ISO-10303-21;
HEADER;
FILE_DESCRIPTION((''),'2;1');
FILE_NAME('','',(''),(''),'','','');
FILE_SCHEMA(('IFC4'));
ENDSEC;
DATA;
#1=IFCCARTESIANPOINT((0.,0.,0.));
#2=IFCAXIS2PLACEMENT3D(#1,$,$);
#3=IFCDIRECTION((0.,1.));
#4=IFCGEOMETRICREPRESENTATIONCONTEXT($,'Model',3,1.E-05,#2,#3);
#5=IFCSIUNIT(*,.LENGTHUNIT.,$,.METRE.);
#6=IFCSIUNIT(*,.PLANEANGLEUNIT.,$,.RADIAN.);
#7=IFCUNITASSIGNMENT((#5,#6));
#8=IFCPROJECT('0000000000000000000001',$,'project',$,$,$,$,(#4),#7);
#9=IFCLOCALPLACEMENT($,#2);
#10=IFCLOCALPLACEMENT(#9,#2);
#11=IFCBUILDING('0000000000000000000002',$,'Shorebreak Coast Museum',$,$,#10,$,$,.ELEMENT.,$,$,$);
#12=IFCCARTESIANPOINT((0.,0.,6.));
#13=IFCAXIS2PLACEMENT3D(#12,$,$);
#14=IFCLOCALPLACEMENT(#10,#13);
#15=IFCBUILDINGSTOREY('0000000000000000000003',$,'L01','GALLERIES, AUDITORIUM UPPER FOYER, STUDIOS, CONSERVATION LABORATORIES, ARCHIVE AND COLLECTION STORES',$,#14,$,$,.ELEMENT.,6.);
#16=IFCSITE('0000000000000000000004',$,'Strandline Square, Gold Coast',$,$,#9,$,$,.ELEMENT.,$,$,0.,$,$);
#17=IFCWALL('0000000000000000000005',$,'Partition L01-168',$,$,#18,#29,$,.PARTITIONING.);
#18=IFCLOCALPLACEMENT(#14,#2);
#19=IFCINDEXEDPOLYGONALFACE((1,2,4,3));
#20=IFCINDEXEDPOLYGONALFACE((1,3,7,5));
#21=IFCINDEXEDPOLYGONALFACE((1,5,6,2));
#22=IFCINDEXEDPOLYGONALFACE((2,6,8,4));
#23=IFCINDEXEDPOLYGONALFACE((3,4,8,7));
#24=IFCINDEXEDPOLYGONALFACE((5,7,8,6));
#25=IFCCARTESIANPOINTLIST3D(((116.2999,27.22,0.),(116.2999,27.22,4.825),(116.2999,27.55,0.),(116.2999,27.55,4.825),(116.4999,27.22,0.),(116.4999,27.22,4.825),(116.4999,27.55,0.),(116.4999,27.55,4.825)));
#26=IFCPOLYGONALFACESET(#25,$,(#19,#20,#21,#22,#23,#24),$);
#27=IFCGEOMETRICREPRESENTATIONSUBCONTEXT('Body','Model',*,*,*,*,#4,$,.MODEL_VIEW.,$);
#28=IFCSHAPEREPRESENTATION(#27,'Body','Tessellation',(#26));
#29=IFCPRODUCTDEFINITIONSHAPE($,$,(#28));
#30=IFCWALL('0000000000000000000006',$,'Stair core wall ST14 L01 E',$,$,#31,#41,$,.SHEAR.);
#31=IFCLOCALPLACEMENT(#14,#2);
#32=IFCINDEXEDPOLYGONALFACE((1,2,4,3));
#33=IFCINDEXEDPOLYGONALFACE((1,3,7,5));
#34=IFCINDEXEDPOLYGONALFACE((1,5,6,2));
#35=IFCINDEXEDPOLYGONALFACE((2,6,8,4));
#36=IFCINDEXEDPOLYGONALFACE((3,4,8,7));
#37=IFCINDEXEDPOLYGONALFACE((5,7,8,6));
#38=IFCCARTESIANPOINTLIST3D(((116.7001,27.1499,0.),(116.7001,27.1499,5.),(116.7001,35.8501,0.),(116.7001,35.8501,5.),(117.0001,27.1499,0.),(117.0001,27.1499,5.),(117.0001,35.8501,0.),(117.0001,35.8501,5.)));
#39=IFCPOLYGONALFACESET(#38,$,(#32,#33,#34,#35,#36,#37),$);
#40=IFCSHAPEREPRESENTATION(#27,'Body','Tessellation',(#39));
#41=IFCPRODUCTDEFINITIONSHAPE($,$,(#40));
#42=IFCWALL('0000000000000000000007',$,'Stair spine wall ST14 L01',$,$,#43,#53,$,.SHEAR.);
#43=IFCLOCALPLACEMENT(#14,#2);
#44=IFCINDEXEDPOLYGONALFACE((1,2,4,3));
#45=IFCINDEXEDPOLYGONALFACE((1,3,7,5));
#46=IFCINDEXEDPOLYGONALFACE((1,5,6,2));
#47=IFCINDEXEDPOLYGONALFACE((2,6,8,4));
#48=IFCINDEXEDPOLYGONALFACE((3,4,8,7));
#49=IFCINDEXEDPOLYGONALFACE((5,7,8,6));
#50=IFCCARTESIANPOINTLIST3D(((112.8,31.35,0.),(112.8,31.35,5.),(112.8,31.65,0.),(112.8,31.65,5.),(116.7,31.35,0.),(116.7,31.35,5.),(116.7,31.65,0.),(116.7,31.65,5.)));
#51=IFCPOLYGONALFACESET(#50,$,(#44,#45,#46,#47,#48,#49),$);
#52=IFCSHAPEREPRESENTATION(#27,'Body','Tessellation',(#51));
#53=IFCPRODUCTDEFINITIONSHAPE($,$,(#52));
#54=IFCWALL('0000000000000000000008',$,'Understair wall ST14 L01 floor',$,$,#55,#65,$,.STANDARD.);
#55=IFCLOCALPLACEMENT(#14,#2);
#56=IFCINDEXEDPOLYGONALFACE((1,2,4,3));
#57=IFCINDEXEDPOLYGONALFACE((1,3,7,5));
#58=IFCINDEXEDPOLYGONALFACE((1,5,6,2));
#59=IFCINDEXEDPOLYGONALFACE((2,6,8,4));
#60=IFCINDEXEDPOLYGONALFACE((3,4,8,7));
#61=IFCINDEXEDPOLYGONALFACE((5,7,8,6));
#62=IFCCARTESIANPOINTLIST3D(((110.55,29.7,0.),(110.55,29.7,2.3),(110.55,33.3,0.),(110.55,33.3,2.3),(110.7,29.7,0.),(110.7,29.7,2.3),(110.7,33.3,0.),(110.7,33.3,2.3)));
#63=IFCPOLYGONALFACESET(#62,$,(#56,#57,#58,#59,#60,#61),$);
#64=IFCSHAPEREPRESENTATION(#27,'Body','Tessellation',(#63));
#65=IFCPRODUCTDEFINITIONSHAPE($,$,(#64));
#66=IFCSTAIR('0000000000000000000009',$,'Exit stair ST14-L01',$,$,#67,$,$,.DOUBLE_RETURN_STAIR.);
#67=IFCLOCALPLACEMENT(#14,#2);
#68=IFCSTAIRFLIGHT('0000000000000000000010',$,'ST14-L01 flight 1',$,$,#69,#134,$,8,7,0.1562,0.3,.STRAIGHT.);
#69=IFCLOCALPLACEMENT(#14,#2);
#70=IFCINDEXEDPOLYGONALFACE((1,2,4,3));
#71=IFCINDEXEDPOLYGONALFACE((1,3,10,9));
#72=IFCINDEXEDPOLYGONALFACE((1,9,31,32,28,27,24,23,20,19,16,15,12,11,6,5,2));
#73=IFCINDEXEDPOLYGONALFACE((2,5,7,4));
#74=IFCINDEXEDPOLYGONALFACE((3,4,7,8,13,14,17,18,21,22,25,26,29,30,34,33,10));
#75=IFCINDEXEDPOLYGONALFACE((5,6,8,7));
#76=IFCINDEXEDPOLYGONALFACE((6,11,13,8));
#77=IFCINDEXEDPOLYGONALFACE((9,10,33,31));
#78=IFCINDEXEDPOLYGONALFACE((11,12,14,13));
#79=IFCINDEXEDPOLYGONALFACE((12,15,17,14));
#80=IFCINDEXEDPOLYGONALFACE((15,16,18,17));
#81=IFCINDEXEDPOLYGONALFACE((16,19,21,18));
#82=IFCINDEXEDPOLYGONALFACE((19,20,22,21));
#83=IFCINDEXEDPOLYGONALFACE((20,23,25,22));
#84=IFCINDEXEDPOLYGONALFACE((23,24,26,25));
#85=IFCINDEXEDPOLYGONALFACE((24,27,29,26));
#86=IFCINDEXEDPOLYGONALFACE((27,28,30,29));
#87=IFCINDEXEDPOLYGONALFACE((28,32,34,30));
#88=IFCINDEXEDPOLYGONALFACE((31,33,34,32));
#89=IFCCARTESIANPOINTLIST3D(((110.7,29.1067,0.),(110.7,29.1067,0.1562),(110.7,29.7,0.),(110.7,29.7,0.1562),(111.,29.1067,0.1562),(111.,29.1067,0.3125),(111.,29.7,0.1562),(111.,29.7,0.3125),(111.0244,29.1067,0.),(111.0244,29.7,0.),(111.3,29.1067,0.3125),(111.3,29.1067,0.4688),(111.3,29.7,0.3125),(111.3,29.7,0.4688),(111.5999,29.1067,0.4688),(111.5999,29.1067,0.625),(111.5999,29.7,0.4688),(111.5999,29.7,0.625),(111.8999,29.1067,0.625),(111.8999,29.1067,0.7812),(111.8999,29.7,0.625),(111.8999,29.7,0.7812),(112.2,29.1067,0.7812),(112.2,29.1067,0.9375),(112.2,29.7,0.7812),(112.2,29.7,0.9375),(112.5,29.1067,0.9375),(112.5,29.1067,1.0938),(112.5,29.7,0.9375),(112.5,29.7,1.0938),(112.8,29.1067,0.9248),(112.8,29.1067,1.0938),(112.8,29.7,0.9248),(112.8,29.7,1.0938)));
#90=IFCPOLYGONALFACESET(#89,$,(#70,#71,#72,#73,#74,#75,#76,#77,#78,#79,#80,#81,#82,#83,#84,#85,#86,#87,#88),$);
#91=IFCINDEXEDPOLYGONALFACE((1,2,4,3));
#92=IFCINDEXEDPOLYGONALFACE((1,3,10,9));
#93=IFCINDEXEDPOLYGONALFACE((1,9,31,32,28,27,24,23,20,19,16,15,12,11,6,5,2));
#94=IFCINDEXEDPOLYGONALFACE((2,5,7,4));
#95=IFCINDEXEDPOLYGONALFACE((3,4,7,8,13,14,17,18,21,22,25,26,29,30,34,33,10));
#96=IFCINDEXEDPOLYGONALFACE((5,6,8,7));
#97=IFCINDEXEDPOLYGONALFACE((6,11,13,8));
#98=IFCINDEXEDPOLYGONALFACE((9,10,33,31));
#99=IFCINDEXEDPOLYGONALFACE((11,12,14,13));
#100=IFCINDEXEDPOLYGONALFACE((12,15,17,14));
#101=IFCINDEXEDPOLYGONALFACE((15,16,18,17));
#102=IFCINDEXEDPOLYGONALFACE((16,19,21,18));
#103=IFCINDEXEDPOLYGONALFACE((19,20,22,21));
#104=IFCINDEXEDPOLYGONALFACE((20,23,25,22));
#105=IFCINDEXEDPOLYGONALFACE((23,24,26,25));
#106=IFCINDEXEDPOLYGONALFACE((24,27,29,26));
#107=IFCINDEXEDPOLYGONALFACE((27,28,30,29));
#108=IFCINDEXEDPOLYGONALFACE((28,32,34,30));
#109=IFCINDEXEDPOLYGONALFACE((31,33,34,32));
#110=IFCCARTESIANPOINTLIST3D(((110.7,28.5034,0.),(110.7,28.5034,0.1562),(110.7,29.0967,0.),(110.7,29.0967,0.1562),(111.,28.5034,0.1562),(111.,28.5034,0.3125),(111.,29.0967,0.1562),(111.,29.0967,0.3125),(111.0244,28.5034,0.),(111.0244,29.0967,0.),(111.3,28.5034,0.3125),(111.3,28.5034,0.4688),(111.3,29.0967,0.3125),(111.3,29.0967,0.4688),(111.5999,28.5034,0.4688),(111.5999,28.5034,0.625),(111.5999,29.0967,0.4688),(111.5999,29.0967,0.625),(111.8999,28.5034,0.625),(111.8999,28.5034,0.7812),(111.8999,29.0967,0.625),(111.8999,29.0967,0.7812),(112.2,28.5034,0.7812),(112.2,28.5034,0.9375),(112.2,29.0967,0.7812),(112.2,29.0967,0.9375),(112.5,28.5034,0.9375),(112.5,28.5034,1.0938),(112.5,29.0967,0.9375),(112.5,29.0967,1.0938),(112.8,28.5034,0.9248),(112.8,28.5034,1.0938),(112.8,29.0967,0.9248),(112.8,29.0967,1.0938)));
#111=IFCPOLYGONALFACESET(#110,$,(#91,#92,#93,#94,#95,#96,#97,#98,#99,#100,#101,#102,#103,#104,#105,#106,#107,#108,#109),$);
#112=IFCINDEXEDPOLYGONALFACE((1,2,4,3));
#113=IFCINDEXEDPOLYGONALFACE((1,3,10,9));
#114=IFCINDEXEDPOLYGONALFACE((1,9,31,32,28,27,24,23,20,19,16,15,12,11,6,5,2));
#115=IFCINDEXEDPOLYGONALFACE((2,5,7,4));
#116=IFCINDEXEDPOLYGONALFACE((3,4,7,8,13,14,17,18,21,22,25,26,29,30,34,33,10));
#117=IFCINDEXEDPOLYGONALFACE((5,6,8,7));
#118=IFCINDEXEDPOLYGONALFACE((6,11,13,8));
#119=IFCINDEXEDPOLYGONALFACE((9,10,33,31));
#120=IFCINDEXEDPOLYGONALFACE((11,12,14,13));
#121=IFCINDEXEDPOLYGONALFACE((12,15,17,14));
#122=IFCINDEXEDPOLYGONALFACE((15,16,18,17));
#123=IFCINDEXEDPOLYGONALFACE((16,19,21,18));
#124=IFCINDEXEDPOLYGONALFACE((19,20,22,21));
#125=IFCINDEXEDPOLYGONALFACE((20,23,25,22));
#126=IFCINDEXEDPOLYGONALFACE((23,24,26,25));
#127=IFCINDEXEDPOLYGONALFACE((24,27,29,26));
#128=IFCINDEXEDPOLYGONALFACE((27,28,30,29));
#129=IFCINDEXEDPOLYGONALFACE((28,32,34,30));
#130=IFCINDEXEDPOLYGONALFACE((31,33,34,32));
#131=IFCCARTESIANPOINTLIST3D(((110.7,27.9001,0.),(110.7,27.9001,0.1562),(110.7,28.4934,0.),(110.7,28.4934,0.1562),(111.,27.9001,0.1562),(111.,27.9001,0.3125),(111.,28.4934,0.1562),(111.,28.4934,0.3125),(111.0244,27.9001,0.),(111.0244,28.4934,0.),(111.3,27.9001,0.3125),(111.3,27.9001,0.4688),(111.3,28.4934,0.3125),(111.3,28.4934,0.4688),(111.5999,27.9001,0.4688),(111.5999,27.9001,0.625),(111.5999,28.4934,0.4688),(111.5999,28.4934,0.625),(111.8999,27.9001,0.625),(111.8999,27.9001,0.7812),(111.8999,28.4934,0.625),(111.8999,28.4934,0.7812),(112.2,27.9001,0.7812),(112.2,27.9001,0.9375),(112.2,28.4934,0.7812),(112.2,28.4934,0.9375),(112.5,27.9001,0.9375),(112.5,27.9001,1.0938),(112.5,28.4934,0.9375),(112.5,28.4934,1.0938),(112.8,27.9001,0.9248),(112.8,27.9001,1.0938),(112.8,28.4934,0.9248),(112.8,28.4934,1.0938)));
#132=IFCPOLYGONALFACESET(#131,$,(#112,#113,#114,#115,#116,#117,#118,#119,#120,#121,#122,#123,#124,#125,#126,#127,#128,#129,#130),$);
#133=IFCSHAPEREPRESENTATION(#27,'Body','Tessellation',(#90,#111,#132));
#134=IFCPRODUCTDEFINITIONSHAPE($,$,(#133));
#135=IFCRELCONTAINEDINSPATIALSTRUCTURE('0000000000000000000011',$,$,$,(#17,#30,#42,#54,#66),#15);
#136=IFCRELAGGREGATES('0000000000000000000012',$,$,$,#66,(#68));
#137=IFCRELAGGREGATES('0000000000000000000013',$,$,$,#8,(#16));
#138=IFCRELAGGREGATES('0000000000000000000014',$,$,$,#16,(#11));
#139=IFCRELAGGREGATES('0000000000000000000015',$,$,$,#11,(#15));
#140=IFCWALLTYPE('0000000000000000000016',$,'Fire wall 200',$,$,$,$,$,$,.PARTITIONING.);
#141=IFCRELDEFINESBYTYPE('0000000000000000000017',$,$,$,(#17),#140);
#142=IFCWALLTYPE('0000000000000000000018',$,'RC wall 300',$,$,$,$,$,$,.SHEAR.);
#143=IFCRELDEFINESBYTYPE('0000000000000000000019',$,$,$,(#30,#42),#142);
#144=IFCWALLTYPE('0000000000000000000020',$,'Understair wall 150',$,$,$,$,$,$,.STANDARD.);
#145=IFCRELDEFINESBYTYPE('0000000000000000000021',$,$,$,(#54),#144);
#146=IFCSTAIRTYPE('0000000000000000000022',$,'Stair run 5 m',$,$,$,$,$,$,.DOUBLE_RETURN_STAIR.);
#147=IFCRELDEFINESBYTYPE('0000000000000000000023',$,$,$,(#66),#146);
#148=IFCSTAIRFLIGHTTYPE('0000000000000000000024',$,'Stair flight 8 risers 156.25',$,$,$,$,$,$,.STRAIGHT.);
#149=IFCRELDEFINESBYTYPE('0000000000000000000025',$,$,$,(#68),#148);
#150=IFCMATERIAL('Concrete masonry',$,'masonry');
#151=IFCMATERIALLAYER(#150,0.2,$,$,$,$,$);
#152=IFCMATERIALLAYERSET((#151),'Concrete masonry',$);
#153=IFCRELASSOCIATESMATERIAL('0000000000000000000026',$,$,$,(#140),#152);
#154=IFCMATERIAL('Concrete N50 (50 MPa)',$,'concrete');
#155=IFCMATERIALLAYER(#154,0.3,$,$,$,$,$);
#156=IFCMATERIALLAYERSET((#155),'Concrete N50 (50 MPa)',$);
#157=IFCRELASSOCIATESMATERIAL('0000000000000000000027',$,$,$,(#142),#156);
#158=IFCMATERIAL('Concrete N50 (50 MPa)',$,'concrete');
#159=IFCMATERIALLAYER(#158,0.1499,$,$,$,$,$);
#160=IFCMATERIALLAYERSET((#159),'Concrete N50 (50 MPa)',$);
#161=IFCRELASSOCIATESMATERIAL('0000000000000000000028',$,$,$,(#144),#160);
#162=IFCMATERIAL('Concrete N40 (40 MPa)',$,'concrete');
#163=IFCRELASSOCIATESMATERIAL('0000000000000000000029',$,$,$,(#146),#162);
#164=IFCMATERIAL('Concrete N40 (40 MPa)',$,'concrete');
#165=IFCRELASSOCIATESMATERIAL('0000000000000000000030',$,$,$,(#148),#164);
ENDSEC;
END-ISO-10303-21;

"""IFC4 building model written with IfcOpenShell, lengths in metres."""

from ifc_helpers import new_model, si_unit, direction, frame, frame_2d, origin, place, context, subcontext, project, spatial, polyline, rectangle, outline, extrude, material, layer, layer_set, type_object, element, aggregate, save


model = new_model("IFC4")

# Units and contexts
model_context = context("Model", 3, precision=1e-05, world=origin(), true_north=direction((0.0, 1.0)))
body_context = subcontext(model_context, "Body", "Model", "MODEL_VIEW")
ifc_project = project(units=[si_unit("LENGTHUNIT", "METRE"), si_unit("PLANEANGLEUNIT", "RADIAN")], contexts=[model_context])

# Site, building, storey
site_placement = place(None, origin())
site = spatial("IfcSite", under=ifc_project, at=site_placement, Name="Strandline Square, Gold Coast", CompositionType="ELEMENT", RefElevation=0.0)
building_placement = place(site_placement, origin())
building = spatial("IfcBuilding", under=site, at=building_placement, Name="Shorebreak Coast Museum", CompositionType="ELEMENT")
storey_placement = place(building_placement, frame((0.0, 0.0, 6.0)))
storey = spatial("IfcBuildingStorey", under=building, at=storey_placement, Name="L01", Description="GALLERIES, AUDITORIUM UPPER FOYER, STUDIOS, CONSERVATION LABORATORIES, ARCHIVE AND COLLECTION STORES", CompositionType="ELEMENT", Elevation=6.0)

# Walls
ifc_material_1 = material(Name="Concrete masonry", Category="masonry")
ifc_layer_1 = layer(ifc_material_1, 0.2)
ifc_layer_set_1 = layer_set([ifc_layer_1], Name="Concrete masonry")
wall_type_1 = type_object("IfcWallType", Name="Fire wall 200", PredefinedType="PARTITIONING", material=ifc_layer_set_1)
wall_1_placement = place(storey_placement, frame((116.3999, 27.22, 0.0), z_axis=(0.0, 0.0, 1.0), x_axis=(0.0, 1.0, 0.0)))
element("IfcWall", 1, at=wall_1_placement, inside=storey, type_object=wall_type_1, Name="Partition L01-168", PredefinedType="PARTITIONING", context=body_context, shape_type="SweptSolid", body=[
    extrude(rectangle(XDim=0.3301, YDim=0.2, at=frame_2d((0.165, 0.0))), origin(), (0.0, 0.0, 1.0), 4.825),
])
ifc_material_2 = material(Name="Concrete N50 (50 MPa)", Category="concrete")
ifc_layer_2 = layer(ifc_material_2, 0.3)
ifc_layer_set_2 = layer_set([ifc_layer_2], Name="Concrete N50 (50 MPa)")
wall_type_2 = type_object("IfcWallType", Name="RC wall 300", PredefinedType="SHEAR", material=ifc_layer_set_2)
wall_2_placement = place(storey_placement, frame((116.8501, 27.1499, 0.0), z_axis=(0.0, 0.0, 1.0), x_axis=(0.0, 1.0, 0.0)))
element("IfcWall", 2, at=wall_2_placement, inside=storey, type_object=wall_type_2, Name="Stair core wall ST14 L01 E", PredefinedType="SHEAR", context=body_context, shape_type="SweptSolid", body=[
    extrude(rectangle(XDim=8.7002, YDim=0.3, at=frame_2d((4.3501, 0.0))), origin(), (0.0, 0.0, 1.0), 5.0),
])
wall_3_placement = place(storey_placement, frame((112.8, 31.5, 0.0), z_axis=(0.0, 0.0, 1.0), x_axis=(1.0, 0.0, 0.0)))
element("IfcWall", 3, at=wall_3_placement, inside=storey, type_object=wall_type_2, Name="Stair spine wall ST14 L01", PredefinedType="SHEAR", context=body_context, shape_type="SweptSolid", body=[
    extrude(rectangle(XDim=3.8999, YDim=0.3, at=frame_2d((1.95, 0.0))), origin(), (0.0, 0.0, 1.0), 5.0),
])
ifc_material_3 = material(Name="Concrete N50 (50 MPa)", Category="concrete")
ifc_layer_3 = layer(ifc_material_3, 0.1499)
ifc_layer_set_3 = layer_set([ifc_layer_3], Name="Concrete N50 (50 MPa)")
wall_type_3 = type_object("IfcWallType", Name="Understair wall 150", PredefinedType="STANDARD", material=ifc_layer_set_3)
wall_4_placement = place(storey_placement, frame((110.625, 29.7, 0.0), z_axis=(0.0, 0.0, 1.0), x_axis=(0.0, 1.0, 0.0)))
element("IfcWall", 4, at=wall_4_placement, inside=storey, type_object=wall_type_3, Name="Understair wall ST14 L01 floor", PredefinedType="STANDARD", context=body_context, shape_type="SweptSolid", body=[
    extrude(rectangle(XDim=3.6001, YDim=0.1499, at=frame_2d((1.8, 0.0))), origin(), (0.0, 0.0, 1.0), 2.3),
])

# Stair, stair flight
ifc_material_4 = material(Name="Concrete N40 (40 MPa)", Category="concrete")
stair_type = type_object("IfcStairType", Name="Stair run 5 m", PredefinedType="DOUBLE_RETURN_STAIR", material=ifc_material_4)
stair_placement = place(storey_placement, origin())
stair = element("IfcStair", 5, at=stair_placement, inside=storey, type_object=stair_type, Name="Exit stair ST14-L01", PredefinedType="DOUBLE_RETURN_STAIR")
ifc_material_5 = material(Name="Concrete N40 (40 MPa)", Category="concrete")
stair_flight_type = type_object("IfcStairFlightType", Name="Stair flight 8 risers 156.25", PredefinedType="STRAIGHT", material=ifc_material_5)
stair_flight_1_placement = place(storey_placement, frame((110.7, 28.8, 0.0), z_axis=(0.0, 0.0, 1.0), x_axis=(1.0, 0.0, 0.0)))
stair_flight_1 = element("IfcStairFlight", 6, at=stair_flight_1_placement, type_object=stair_flight_type, Name="ST14-L01 flight 1", NumberOfRisers=8, NumberOfTreads=7, PredefinedType="STRAIGHT", RiserHeight=0.1562, TreadLength=0.3, context=body_context, shape_type="SweptSolid", body=[
    extrude(outline(polyline([(0.0, 0.0), (0.0, 0.1562), (0.3, 0.1562), (0.3, 0.3125), (0.6001, 0.3125), (0.6001, 0.4688), (0.8999, 0.4688), (0.8999, 0.625), (1.2, 0.625), (1.2, 0.7812), (1.5, 0.7812), (1.5, 0.9375), (1.8, 0.9375), (1.8, 1.0938), (2.1001, 1.0938), (2.1001, 1.25), (2.1001, 0.9248), (0.3245, 0.0), (0.0, 0.0)])), frame((0.0, 0.8999, 0.0), z_axis=(0.0, -1.0, 0.0), x_axis=(1.0, 0.0, 0.0)), (0.0, 0.0, 1.0), 0.5933),
    extrude(outline(polyline([(0.0, 0.0), (0.0, 0.1562), (0.3, 0.1562), (0.3, 0.3125), (0.6001, 0.3125), (0.6001, 0.4688), (0.8999, 0.4688), (0.8999, 0.625), (1.2, 0.625), (1.2, 0.7812), (1.5, 0.7812), (1.5, 0.9375), (1.8, 0.9375), (1.8, 1.0938), (2.1001, 1.0938), (2.1001, 1.25), (2.1001, 0.9248), (0.3245, 0.0), (0.0, 0.0)])), frame((0.0, 0.2966, 0.0), z_axis=(0.0, -1.0, 0.0), x_axis=(1.0, 0.0, 0.0)), (0.0, 0.0, 1.0), 0.5933),
    extrude(outline(polyline([(0.0, 0.0), (0.0, 0.1562), (0.3, 0.1562), (0.3, 0.3125), (0.6001, 0.3125), (0.6001, 0.4688), (0.8999, 0.4688), (0.8999, 0.625), (1.2, 0.625), (1.2, 0.7812), (1.5, 0.7812), (1.5, 0.9375), (1.8, 0.9375), (1.8, 1.0938), (2.1001, 1.0938), (2.1001, 1.25), (2.1001, 0.9248), (0.3245, 0.0), (0.0, 0.0)])), frame((0.0, -0.3066, 0.0), z_axis=(0.0, -1.0, 0.0), x_axis=(1.0, 0.0, 0.0)), (0.0, 0.0, 1.0), 0.5933),
])
aggregate(stair, [stair_flight_1])

save(model, "model.ifc")
